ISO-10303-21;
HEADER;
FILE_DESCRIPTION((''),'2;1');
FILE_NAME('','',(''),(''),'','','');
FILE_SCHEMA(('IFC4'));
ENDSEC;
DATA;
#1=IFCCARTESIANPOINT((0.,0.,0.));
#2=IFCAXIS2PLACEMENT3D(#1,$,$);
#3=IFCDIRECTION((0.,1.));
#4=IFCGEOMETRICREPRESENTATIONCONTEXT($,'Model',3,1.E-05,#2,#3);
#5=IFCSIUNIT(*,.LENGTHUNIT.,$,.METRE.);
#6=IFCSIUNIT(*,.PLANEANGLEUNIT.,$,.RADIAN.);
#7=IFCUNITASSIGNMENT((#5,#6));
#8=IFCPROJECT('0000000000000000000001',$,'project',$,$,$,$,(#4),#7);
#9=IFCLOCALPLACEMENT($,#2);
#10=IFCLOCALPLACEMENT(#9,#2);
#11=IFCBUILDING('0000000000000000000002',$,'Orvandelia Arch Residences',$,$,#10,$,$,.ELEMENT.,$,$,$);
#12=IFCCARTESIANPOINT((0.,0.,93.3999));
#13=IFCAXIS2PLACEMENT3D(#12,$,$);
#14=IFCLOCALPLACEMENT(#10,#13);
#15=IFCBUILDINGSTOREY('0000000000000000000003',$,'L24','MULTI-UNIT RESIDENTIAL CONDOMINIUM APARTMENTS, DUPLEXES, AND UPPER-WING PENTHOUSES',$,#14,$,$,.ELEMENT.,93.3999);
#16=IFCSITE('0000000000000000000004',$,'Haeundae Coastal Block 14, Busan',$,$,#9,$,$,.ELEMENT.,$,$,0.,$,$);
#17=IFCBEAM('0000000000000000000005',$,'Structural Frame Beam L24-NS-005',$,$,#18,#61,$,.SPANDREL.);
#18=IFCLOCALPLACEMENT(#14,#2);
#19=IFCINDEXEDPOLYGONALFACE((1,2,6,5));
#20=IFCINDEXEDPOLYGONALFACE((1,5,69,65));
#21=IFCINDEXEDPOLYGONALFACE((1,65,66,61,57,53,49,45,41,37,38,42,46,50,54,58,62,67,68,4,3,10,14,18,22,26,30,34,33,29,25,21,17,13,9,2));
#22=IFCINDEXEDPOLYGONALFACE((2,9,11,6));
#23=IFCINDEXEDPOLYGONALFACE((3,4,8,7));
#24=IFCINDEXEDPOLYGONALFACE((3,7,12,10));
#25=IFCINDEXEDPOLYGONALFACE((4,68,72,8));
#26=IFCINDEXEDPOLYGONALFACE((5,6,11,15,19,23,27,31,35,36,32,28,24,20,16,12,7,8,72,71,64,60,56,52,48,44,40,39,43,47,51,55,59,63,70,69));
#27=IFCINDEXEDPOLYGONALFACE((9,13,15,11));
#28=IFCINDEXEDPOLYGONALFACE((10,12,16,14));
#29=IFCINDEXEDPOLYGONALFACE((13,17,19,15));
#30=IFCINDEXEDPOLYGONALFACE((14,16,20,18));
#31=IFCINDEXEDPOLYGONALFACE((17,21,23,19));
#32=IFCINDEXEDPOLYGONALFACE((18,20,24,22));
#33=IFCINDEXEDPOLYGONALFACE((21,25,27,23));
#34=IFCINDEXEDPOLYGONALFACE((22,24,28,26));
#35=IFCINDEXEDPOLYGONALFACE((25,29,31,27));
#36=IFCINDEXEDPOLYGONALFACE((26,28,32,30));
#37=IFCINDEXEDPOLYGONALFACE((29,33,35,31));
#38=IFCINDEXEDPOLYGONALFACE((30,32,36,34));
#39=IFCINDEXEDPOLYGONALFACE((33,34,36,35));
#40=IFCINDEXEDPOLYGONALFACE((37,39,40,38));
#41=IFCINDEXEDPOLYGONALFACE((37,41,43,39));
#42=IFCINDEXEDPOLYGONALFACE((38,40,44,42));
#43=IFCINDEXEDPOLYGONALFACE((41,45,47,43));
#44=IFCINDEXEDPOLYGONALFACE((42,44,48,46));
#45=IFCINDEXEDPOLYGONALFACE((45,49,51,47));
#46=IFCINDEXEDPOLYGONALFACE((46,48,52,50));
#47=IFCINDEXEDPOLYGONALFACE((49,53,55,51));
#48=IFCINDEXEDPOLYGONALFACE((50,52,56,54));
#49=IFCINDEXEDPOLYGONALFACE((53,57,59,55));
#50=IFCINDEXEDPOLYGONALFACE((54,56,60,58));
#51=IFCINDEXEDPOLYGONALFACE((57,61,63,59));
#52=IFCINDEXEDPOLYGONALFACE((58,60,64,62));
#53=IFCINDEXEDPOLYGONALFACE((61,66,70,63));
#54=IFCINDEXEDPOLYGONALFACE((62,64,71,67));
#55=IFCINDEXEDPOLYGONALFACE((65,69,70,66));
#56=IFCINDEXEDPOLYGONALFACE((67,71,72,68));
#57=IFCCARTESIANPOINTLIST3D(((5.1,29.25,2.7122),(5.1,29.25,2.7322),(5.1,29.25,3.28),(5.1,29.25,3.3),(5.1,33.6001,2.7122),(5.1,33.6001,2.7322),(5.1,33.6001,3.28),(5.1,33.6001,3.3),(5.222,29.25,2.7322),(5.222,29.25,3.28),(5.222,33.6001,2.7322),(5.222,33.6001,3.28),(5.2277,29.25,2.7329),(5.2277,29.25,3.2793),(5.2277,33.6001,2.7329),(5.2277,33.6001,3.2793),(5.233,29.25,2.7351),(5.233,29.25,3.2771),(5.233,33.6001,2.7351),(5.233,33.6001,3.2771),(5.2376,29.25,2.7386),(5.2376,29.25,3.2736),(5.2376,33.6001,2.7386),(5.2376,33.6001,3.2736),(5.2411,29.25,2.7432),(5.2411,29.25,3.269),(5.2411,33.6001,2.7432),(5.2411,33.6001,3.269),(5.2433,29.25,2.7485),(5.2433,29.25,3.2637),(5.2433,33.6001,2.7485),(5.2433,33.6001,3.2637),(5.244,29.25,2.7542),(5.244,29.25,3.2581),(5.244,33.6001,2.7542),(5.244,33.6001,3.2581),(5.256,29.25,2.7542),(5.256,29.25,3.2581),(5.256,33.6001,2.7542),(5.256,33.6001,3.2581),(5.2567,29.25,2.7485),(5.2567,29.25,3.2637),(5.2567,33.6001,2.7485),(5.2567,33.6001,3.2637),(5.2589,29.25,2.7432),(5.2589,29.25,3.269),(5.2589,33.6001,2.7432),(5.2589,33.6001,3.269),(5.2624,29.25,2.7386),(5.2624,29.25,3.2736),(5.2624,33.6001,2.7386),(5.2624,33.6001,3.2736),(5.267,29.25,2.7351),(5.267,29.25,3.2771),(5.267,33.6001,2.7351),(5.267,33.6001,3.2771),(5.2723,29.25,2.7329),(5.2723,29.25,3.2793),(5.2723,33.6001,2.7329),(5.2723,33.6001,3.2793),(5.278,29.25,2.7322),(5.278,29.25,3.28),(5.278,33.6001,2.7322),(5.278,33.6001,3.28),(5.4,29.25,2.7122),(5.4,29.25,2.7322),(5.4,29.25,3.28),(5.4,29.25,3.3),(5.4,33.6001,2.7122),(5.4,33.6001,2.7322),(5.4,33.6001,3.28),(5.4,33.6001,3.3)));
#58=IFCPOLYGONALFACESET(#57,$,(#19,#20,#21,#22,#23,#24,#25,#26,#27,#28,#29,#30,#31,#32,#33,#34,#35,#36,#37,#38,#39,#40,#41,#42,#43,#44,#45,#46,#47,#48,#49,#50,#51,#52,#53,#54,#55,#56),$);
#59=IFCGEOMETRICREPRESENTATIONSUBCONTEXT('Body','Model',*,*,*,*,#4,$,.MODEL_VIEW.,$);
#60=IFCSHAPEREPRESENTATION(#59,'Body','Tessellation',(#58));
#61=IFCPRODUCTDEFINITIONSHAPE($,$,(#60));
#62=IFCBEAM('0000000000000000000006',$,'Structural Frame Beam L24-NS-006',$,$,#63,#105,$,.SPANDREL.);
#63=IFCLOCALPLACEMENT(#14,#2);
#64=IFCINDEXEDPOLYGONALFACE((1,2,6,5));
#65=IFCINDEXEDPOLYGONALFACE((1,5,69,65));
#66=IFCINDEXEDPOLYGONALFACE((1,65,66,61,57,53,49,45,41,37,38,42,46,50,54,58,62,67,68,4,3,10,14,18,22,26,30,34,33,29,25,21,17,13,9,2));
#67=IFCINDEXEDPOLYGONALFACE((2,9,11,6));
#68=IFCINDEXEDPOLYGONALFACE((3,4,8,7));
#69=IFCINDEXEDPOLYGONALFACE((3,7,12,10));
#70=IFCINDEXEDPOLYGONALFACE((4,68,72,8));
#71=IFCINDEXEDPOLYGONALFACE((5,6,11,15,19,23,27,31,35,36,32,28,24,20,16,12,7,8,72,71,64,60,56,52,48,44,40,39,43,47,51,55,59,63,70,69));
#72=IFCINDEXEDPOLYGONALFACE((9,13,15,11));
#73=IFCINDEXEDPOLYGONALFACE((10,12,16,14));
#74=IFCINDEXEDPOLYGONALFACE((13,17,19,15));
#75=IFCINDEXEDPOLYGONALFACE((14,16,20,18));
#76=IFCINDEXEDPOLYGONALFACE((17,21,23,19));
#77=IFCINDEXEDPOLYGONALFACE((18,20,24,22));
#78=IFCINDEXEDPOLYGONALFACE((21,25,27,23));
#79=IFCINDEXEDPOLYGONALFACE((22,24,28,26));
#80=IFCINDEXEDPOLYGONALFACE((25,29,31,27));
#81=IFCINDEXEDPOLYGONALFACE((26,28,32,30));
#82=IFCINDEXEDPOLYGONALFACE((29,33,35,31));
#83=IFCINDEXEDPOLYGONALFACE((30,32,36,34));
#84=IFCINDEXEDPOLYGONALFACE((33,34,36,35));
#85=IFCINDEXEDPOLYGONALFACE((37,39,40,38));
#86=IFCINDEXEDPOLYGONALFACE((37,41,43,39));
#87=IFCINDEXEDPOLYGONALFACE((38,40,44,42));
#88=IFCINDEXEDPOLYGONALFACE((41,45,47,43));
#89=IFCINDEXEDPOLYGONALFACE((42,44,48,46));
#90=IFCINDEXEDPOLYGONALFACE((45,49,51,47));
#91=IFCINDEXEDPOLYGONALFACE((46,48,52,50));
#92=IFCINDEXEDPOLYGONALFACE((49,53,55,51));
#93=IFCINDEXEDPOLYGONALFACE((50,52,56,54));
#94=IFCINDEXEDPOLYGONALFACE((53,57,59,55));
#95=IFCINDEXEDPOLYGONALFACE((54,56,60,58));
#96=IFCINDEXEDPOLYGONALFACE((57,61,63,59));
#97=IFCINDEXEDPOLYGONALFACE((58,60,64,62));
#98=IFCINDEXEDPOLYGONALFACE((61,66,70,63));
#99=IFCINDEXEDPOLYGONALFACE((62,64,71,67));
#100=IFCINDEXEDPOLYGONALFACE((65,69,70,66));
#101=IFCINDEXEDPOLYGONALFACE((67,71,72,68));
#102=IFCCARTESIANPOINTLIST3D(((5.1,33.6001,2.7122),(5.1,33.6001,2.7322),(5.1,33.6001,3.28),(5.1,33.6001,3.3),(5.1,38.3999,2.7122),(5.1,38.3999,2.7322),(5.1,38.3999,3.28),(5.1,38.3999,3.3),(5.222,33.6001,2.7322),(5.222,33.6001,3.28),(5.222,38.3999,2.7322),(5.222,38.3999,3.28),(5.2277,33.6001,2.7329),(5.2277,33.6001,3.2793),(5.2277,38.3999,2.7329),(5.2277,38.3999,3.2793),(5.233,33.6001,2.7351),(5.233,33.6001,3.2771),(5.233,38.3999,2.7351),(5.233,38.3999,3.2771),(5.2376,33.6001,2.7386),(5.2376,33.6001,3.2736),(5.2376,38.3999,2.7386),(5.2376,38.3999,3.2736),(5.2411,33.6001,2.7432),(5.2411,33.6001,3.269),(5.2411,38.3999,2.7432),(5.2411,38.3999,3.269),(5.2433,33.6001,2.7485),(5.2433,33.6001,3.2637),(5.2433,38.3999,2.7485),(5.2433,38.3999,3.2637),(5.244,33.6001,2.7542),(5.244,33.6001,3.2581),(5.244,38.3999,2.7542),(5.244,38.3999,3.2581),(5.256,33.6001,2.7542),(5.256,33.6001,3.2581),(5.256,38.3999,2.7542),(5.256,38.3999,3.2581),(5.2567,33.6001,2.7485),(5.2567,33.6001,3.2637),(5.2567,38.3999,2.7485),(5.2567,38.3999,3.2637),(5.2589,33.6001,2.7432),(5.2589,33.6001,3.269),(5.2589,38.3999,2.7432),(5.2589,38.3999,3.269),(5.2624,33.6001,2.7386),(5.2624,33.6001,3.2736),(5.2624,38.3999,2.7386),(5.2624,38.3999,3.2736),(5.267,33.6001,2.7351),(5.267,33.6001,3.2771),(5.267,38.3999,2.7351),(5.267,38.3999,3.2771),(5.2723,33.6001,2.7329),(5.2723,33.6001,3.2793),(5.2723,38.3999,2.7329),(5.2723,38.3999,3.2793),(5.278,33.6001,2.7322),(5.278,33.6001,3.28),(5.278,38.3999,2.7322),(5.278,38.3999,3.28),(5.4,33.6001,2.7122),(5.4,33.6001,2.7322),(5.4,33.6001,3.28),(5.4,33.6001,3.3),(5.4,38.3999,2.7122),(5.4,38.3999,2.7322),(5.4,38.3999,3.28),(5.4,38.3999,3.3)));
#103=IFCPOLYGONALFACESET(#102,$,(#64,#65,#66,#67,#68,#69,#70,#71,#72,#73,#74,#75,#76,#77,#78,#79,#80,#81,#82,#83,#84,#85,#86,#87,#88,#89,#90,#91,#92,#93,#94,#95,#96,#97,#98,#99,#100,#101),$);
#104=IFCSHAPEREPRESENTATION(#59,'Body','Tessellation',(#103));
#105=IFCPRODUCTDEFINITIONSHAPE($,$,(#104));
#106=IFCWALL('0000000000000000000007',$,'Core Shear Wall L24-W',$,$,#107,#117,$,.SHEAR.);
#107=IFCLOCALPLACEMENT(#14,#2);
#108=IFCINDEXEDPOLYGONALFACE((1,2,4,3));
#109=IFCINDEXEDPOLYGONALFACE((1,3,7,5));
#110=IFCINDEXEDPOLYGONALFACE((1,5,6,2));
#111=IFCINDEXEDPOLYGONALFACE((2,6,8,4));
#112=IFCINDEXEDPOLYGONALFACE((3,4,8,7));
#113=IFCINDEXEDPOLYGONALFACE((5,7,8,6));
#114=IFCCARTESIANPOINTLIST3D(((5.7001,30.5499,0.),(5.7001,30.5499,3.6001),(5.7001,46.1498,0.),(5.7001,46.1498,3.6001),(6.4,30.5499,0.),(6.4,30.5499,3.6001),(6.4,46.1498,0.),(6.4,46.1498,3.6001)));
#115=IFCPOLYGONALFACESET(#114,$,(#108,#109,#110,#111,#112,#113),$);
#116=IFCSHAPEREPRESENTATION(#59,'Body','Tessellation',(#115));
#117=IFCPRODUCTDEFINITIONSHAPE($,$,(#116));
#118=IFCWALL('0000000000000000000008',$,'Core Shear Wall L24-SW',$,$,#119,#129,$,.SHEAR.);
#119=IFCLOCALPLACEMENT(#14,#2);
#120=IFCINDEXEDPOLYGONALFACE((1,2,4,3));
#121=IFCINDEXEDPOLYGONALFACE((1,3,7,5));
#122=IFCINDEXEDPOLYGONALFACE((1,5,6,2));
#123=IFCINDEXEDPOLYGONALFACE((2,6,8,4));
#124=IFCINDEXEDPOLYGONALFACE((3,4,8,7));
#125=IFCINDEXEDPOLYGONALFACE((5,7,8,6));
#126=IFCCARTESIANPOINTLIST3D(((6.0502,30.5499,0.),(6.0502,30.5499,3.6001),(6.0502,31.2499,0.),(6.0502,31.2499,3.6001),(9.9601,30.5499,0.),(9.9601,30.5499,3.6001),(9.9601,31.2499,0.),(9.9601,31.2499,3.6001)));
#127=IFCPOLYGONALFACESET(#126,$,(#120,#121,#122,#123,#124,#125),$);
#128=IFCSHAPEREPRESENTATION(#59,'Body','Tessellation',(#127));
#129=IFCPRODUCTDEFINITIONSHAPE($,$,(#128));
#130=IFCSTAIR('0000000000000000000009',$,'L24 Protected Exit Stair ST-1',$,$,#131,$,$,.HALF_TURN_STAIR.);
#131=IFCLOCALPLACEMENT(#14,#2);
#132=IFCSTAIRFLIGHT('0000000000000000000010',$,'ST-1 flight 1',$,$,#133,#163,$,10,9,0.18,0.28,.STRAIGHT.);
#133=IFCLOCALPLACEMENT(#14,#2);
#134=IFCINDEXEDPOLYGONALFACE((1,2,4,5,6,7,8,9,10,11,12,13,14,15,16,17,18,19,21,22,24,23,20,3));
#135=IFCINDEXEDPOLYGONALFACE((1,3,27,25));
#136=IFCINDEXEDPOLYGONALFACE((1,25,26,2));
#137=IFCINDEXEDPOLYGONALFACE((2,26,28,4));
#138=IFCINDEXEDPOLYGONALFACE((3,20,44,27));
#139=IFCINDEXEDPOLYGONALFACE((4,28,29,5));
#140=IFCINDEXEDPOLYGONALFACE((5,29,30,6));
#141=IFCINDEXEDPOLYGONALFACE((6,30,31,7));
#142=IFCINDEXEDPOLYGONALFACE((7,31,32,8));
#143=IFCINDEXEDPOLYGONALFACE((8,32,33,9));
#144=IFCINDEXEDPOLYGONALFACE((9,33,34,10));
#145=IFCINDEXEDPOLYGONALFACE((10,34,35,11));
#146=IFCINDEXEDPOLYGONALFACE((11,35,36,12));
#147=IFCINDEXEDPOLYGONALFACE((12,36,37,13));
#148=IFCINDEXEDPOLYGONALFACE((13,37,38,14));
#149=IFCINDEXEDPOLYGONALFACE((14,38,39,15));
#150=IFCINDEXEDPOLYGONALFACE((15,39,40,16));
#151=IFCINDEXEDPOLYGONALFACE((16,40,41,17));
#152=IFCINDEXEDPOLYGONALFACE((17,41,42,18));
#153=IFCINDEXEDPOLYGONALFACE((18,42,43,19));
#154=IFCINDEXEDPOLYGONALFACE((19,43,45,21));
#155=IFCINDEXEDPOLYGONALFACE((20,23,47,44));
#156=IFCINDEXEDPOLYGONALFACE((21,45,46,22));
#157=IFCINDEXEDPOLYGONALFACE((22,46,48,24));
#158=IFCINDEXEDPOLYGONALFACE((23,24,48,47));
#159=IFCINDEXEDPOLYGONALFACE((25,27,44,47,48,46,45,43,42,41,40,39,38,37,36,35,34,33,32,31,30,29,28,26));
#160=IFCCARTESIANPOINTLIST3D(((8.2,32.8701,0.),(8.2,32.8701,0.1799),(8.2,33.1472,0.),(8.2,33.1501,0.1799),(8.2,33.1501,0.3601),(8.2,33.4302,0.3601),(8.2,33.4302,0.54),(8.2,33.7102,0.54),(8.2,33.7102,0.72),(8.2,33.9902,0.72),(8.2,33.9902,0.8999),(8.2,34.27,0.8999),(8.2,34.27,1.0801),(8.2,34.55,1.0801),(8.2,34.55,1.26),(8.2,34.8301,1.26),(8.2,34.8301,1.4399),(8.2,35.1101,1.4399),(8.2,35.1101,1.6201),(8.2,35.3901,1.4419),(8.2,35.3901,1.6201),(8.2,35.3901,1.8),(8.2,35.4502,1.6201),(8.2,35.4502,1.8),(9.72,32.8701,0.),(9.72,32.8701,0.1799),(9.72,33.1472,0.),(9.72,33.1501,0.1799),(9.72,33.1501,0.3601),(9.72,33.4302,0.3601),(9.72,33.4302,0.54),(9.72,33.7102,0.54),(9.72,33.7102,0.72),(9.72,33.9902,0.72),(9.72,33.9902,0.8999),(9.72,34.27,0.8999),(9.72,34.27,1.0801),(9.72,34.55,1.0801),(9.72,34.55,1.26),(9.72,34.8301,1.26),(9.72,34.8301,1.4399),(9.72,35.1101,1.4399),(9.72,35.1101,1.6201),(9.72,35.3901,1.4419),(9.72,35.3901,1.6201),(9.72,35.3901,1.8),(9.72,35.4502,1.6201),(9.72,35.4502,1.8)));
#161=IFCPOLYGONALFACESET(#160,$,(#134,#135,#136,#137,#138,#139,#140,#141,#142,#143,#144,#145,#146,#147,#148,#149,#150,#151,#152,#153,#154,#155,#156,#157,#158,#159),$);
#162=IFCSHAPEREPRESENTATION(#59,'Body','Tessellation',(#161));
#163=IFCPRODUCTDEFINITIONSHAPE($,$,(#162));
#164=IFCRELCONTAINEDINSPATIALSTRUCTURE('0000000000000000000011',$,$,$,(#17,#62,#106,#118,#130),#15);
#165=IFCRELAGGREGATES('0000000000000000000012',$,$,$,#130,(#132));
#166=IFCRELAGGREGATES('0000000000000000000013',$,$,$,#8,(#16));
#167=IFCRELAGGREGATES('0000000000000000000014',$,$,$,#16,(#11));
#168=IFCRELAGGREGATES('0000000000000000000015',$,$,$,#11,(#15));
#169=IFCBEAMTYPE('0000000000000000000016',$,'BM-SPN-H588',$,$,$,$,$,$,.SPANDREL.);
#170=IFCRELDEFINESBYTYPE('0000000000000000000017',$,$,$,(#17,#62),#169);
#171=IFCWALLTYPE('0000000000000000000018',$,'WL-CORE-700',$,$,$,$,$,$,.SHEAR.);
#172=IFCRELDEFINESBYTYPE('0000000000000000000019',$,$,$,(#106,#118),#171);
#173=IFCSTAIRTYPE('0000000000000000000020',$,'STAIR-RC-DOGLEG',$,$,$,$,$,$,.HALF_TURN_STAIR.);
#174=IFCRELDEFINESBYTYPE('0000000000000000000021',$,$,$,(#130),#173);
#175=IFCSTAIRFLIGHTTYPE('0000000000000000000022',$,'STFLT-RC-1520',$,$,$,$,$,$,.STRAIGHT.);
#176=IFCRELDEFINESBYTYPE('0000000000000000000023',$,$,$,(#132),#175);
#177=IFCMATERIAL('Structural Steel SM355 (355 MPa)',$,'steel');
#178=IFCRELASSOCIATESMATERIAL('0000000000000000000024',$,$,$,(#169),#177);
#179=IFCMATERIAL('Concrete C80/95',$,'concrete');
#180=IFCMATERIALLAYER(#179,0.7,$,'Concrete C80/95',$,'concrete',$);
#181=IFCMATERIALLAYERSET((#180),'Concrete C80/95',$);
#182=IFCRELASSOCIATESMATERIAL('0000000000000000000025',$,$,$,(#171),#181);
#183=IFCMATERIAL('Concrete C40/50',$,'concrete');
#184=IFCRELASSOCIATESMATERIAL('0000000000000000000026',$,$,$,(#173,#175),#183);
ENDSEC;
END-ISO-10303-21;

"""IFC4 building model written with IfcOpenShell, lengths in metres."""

from ifc_helpers import new_model, si_unit, direction, frame, frame_2d, origin, origin_2d, place, context, subcontext, project, spatial, polyline, rectangle, i_section, outline, extrude, material, layer, layer_set, material_profile, profile_set, type_object, element, aggregate, save


model = new_model("IFC4")

# Units and contexts
model_context = context("Model", 3, precision=1e-05, world=origin(), true_north=direction((0.0, 1.0)))
body_context = subcontext(model_context, "Body", "Model", "MODEL_VIEW")
ifc_project = project(units=[si_unit("LENGTHUNIT", "METRE"), si_unit("PLANEANGLEUNIT", "RADIAN")], contexts=[model_context])

# Site, building, storey
site_placement = place(None, origin())
site = spatial("IfcSite", under=ifc_project, at=site_placement, Name="Haeundae Coastal Block 14, Busan", CompositionType="ELEMENT", RefElevation=0.0)
building_placement = place(site_placement, origin())
building = spatial("IfcBuilding", under=site, at=building_placement, Name="Orvandelia Arch Residences", CompositionType="ELEMENT")
storey_placement = place(building_placement, frame((0.0, 0.0, 93.3999)))
storey = spatial("IfcBuildingStorey", under=building, at=storey_placement, Name="L24", Description="MULTI-UNIT RESIDENTIAL CONDOMINIUM APARTMENTS, DUPLEXES, AND UPPER-WING PENTHOUSES", CompositionType="ELEMENT", Elevation=93.3999)

# Shared definitions
ifc_material_1 = material(Name="Concrete C80/95", Category="concrete")

# Beams
ifc_material_2 = material(Name="Structural Steel SM355 (355 MPa)", Category="steel")
ifc_material_profile_1 = material_profile(ifc_material_2, i_section(OverallWidth=0.3, OverallDepth=0.5879, WebThickness=0.012, FlangeThickness=0.02, FilletRadius=0.022, at=origin_2d()), Name="Structural Steel SM355 (355 MPa)", Category="steel")
ifc_profile_set_1 = profile_set([ifc_material_profile_1], Name="Structural Steel SM355 (355 MPa)")
beam_type_1 = type_object("IfcBeamType", Name="BM-SPN-H588", PredefinedType="SPANDREL", material=ifc_profile_set_1)
beam_1_placement = place(storey_placement, frame((5.25, 29.25, 3.0061), z_axis=(0.0, 1.0, 0.0), x_axis=(-1.0, 0.0, 0.0)))
element("IfcBeam", 1, at=beam_1_placement, inside=storey, type_object=beam_type_1, Name="Structural Frame Beam L24-NS-005", PredefinedType="SPANDREL", context=body_context, shape_type="SweptSolid", body=[
    extrude(i_section(OverallWidth=0.3, OverallDepth=0.5879, WebThickness=0.012, FlangeThickness=0.02, FilletRadius=0.022, at=origin_2d()), origin(), (0.0, 0.0, 1.0), 4.3501),
])
beam_2_placement = place(storey_placement, frame((5.25, 33.6001, 3.0061), z_axis=(0.0, 1.0, 0.0), x_axis=(-1.0, 0.0, 0.0)))
element("IfcBeam", 2, at=beam_2_placement, inside=storey, type_object=beam_type_1, Name="Structural Frame Beam L24-NS-006", PredefinedType="SPANDREL", context=body_context, shape_type="SweptSolid", body=[
    extrude(i_section(OverallWidth=0.3, OverallDepth=0.5879, WebThickness=0.012, FlangeThickness=0.02, FilletRadius=0.022, at=origin_2d()), origin(), (0.0, 0.0, 1.0), 4.7998),
])

# Walls
ifc_layer = layer(ifc_material_1, 0.7, Name="Concrete C80/95", Category="concrete")
ifc_layer_set = layer_set([ifc_layer], Name="Concrete C80/95")
wall_type = type_object("IfcWallType", Name="WL-CORE-700", PredefinedType="SHEAR", material=ifc_layer_set)
wall_1_placement = place(storey_placement, frame((6.05, 30.55, 0.0), z_axis=(0.0, 0.0, 1.0), x_axis=(0.0, 1.0, 0.0)))
element("IfcWall", 3, at=wall_1_placement, inside=storey, type_object=wall_type, Name="Core Shear Wall L24-W", PredefinedType="SHEAR", context=body_context, shape_type="SweptSolid", body=[
    extrude(rectangle(XDim=15.5999, YDim=0.7, at=frame_2d((7.7998, 0.0))), origin(), (0.0, 0.0, 1.0), 3.6001),
])
wall_2_placement = place(storey_placement, frame((6.05, 30.8999, 0.0), z_axis=(0.0, 0.0, 1.0), x_axis=(1.0, 0.0, 0.0)))
element("IfcWall", 4, at=wall_2_placement, inside=storey, type_object=wall_type, Name="Core Shear Wall L24-SW", PredefinedType="SHEAR", context=body_context, shape_type="SweptSolid", body=[
    extrude(rectangle(XDim=3.9099, YDim=0.7, at=frame_2d((1.9551, 0.0))), origin(), (0.0, 0.0, 1.0), 3.6001),
])

# Stair, stair flight
ifc_material_3 = material(Name="Concrete C40/50", Category="concrete")
stair_type = type_object("IfcStairType", Name="STAIR-RC-DOGLEG", PredefinedType="HALF_TURN_STAIR", material=ifc_material_3)
stair_placement = place(storey_placement, origin())
stair = element("IfcStair", 5, at=stair_placement, inside=storey, type_object=stair_type, Name="L24 Protected Exit Stair ST-1", PredefinedType="HALF_TURN_STAIR")
stair_flight_type = type_object("IfcStairFlightType", Name="STFLT-RC-1520", PredefinedType="STRAIGHT", material=ifc_material_3)
stair_flight_1_placement = place(storey_placement, frame((8.96, 32.8701, 0.0), z_axis=(0.0, 0.0, 1.0), x_axis=(0.0, 1.0, 0.0)))
stair_flight_1 = element("IfcStairFlight", 6, at=stair_flight_1_placement, type_object=stair_flight_type, Name="ST-1 flight 1", NumberOfRisers=10, NumberOfTreads=9, PredefinedType="STRAIGHT", RiserHeight=0.18, TreadLength=0.28, context=body_context, shape_type="SweptSolid", body=[
    extrude(outline(polyline([(0.0, 0.0), (0.0, 0.1799), (0.28, 0.1799), (0.28, 0.3601), (0.5601, 0.3601), (0.5601, 0.54), (0.8401, 0.54), (0.8401, 0.72), (1.1201, 0.72), (1.1201, 0.8999), (1.3999, 0.8999), (1.3999, 1.0801), (1.6799, 1.0801), (1.6799, 1.26), (1.96, 1.26), (1.96, 1.4399), (2.24, 1.4399), (2.24, 1.6201), (2.52, 1.6201), (2.52, 1.8), (2.5801, 1.8), (2.5801, 1.6201), (2.52, 1.4419), (0.2771, 0.0), (0.0, 0.0)])), frame((0.0, 0.76, 0.0), z_axis=(0.0, -1.0, 0.0), x_axis=(1.0, 0.0, 0.0)), (0.0, 0.0, 1.0), 1.52),
])
aggregate(stair, [stair_flight_1])

save(model, "model.ifc")
